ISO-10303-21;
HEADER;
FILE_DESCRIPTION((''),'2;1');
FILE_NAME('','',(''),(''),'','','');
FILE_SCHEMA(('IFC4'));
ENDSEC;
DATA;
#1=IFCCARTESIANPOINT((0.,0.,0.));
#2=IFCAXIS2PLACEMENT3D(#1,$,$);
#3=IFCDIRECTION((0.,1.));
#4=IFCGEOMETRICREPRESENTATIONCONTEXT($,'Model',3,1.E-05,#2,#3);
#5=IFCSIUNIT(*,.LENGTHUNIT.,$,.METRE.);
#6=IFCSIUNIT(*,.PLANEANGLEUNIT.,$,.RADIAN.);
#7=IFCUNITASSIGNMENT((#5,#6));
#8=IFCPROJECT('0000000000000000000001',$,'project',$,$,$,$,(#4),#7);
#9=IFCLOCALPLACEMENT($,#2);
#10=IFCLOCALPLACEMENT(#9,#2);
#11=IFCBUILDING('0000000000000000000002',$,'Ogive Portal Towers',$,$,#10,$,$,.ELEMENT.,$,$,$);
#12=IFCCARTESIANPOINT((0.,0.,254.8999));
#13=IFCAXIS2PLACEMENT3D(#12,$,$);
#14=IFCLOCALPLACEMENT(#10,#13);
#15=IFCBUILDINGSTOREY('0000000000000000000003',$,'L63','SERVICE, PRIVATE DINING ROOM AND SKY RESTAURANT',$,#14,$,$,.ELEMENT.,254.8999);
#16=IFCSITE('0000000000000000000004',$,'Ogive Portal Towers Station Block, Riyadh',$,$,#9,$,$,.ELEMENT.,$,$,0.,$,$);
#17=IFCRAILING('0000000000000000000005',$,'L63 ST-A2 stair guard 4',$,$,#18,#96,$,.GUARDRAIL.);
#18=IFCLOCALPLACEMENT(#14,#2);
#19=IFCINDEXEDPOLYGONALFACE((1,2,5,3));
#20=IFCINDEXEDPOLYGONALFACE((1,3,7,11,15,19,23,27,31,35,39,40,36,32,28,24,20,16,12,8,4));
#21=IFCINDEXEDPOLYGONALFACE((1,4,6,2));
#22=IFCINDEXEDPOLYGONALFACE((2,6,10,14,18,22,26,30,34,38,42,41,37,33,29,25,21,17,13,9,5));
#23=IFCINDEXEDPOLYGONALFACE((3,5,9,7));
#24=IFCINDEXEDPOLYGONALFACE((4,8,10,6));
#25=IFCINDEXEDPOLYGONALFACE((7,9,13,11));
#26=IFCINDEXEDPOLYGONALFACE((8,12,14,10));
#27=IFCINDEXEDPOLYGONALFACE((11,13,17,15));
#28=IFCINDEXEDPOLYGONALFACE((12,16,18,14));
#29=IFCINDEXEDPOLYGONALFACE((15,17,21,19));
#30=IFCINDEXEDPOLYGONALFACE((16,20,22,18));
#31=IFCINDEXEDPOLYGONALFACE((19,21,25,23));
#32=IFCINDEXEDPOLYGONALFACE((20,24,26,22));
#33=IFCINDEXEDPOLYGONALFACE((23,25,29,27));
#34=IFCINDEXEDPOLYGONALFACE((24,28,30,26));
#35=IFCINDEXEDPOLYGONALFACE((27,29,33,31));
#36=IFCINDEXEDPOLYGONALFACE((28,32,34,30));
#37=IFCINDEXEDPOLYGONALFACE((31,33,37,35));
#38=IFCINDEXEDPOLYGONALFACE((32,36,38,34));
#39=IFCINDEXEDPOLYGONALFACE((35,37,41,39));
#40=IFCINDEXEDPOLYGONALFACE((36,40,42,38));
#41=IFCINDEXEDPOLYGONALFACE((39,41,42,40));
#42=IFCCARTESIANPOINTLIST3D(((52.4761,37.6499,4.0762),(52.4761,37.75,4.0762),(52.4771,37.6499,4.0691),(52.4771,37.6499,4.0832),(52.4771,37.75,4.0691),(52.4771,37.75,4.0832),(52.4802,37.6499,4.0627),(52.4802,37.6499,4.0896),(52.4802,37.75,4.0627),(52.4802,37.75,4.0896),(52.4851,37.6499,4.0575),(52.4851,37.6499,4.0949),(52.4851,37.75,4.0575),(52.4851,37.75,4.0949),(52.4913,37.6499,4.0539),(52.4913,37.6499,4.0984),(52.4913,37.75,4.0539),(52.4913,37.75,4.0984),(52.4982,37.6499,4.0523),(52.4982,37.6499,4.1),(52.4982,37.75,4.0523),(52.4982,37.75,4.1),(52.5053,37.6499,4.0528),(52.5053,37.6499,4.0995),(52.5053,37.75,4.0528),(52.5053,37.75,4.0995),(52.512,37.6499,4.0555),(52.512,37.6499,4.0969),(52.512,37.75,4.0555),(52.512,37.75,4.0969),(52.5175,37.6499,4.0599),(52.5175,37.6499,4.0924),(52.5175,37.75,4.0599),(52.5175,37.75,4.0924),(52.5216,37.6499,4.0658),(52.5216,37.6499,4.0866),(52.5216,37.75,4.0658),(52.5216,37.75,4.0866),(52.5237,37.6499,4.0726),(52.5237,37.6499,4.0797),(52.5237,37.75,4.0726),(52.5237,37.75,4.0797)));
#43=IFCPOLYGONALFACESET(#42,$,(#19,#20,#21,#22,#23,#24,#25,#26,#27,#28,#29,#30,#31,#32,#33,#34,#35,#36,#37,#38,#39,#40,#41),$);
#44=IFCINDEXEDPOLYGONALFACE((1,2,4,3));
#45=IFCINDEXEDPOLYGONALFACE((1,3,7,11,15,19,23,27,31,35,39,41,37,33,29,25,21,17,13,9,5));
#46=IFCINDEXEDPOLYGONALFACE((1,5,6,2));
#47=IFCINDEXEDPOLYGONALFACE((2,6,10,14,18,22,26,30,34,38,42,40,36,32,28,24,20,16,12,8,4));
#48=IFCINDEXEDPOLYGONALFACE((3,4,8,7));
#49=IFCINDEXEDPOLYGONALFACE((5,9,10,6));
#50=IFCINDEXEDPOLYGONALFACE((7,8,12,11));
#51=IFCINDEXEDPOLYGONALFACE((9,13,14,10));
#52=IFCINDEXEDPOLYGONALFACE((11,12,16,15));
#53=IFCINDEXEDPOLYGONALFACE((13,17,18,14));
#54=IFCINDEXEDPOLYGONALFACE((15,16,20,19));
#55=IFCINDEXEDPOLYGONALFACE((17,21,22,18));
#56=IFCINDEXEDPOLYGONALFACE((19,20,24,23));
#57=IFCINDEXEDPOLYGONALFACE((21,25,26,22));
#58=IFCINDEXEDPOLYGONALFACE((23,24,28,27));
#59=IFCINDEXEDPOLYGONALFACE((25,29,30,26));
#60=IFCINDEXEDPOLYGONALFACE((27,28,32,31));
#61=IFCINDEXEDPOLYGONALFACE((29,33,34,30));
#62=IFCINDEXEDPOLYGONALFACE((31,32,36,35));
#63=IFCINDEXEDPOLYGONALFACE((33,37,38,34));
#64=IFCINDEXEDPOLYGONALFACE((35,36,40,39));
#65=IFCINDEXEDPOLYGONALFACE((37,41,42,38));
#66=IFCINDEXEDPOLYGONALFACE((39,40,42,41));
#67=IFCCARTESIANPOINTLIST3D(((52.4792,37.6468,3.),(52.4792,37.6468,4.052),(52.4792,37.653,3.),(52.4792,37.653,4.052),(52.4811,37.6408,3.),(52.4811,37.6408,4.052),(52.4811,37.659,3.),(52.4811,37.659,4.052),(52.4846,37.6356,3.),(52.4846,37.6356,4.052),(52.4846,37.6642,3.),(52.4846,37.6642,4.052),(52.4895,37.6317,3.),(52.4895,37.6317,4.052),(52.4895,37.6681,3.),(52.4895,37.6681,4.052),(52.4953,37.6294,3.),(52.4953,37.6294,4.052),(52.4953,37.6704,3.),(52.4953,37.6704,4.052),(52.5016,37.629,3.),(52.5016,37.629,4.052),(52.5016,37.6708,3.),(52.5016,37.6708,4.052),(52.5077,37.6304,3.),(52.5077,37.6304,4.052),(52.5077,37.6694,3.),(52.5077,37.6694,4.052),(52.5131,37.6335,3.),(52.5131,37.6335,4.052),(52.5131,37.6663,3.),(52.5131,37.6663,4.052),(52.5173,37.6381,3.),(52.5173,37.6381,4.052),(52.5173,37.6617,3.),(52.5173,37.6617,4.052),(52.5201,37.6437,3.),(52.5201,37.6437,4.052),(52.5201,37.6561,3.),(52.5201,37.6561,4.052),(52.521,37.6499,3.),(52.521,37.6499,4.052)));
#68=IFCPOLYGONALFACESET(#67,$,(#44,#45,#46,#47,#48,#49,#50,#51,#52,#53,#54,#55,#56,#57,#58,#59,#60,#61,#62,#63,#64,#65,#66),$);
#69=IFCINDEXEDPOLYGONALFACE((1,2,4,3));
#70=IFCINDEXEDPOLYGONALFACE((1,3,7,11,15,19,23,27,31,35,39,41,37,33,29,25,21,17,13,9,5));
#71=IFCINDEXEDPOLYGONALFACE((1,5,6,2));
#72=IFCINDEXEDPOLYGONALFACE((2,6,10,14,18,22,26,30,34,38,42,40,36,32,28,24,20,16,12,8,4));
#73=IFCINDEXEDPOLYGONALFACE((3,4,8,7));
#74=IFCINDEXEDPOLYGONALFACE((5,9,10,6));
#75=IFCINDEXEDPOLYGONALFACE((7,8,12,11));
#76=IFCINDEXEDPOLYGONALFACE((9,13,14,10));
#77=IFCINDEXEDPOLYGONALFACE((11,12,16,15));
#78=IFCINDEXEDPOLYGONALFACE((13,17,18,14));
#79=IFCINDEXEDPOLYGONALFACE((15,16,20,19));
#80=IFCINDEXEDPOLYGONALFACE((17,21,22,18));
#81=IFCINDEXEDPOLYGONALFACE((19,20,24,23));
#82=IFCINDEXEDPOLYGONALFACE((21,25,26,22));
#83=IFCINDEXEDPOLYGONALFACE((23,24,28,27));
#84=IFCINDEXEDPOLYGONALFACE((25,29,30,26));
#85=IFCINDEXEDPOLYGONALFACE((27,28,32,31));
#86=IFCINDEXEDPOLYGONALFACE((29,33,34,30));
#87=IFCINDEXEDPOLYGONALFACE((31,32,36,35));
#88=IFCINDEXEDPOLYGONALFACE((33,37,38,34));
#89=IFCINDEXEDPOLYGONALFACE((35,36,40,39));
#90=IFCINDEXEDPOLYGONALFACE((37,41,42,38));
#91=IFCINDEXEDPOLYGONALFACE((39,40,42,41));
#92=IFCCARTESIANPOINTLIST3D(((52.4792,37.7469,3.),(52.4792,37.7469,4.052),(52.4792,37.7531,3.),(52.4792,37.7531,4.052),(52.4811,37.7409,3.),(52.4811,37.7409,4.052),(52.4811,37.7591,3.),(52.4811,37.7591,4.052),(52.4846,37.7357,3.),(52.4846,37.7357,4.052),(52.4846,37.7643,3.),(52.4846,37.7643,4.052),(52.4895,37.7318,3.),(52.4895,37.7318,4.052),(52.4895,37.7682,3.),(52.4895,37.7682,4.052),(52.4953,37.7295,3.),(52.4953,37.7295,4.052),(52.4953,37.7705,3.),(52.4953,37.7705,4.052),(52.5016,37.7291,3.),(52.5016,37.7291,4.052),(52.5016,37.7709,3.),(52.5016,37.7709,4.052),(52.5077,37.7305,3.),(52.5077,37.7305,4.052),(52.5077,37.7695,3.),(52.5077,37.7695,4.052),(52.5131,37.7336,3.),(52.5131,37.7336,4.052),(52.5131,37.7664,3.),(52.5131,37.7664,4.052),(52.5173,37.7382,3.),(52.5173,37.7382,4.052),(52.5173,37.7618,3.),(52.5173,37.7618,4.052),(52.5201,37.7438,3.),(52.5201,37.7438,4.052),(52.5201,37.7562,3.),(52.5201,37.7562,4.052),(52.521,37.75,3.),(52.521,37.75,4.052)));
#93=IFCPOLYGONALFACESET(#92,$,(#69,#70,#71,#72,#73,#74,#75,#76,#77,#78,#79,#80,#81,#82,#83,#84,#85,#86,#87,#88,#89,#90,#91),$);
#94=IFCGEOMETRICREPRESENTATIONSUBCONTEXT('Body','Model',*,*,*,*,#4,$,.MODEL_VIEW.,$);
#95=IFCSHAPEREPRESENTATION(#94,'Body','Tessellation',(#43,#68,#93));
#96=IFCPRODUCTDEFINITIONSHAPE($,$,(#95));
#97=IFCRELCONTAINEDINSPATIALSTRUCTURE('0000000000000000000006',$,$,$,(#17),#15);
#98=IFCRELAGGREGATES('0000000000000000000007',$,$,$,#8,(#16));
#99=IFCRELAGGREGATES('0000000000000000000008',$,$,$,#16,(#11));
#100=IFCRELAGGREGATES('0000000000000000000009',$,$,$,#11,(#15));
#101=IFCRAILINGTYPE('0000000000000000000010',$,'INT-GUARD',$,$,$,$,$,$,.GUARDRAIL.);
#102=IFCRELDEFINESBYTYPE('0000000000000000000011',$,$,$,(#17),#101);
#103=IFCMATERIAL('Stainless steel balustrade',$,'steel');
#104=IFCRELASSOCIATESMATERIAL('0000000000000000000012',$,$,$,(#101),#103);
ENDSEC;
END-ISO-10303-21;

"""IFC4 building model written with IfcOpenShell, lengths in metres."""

from ifc_helpers import new_model, si_unit, direction, frame, origin, origin_2d, place, context, subcontext, project, spatial, circle, extrude, material, type_object, element, save


model = new_model("IFC4")

# Units and contexts
model_context = context("Model", 3, precision=1e-05, world=origin(), true_north=direction((0.0, 1.0)))
body_context = subcontext(model_context, "Body", "Model", "MODEL_VIEW")
ifc_project = project(units=[si_unit("LENGTHUNIT", "METRE"), si_unit("PLANEANGLEUNIT", "RADIAN")], contexts=[model_context])

# Site, building, storey
site_placement = place(None, origin())
site = spatial("IfcSite", under=ifc_project, at=site_placement, Name="Ogive Portal Towers Station Block, Riyadh", CompositionType="ELEMENT", RefElevation=0.0)
building_placement = place(site_placement, origin())
building = spatial("IfcBuilding", under=site, at=building_placement, Name="Ogive Portal Towers", CompositionType="ELEMENT")
storey_placement = place(building_placement, frame((0.0, 0.0, 254.8999)))
storey = spatial("IfcBuildingStorey", under=building, at=storey_placement, Name="L63", Description="SERVICE, PRIVATE DINING ROOM AND SKY RESTAURANT", CompositionType="ELEMENT", Elevation=254.8999)

# Railing
ifc_material_1 = material(Name="Stainless steel balustrade", Category="steel")
railing_type_1 = type_object("IfcRailingType", Name="INT-GUARD", PredefinedType="GUARDRAIL", material=ifc_material_1)
railing_1_placement = place(storey_placement, frame((52.5, 37.6499, 3.0)))
element("IfcRailing", 1, at=railing_1_placement, inside=storey, type_object=railing_type_1, Name="L63 ST-A2 stair guard 4", PredefinedType="GUARDRAIL", context=body_context, shape_type="SweptSolid", body=[
    extrude(circle(Radius=0.0239, at=origin_2d()), frame((0.0, 0.0, 1.0762), z_axis=(0.0, 1.0, 0.0), x_axis=(-1.0, 0.0, 0.0)), (0.0, 0.0, 1.0), 0.1001),
    extrude(circle(Radius=0.021, at=origin_2d()), origin(), (0.0, 0.0, 1.0), 1.052),
    extrude(circle(Radius=0.021, at=origin_2d()), frame((0.0, 0.1001, 0.0)), (0.0, 0.0, 1.0), 1.052),
])

save(model, "model.ifc")
